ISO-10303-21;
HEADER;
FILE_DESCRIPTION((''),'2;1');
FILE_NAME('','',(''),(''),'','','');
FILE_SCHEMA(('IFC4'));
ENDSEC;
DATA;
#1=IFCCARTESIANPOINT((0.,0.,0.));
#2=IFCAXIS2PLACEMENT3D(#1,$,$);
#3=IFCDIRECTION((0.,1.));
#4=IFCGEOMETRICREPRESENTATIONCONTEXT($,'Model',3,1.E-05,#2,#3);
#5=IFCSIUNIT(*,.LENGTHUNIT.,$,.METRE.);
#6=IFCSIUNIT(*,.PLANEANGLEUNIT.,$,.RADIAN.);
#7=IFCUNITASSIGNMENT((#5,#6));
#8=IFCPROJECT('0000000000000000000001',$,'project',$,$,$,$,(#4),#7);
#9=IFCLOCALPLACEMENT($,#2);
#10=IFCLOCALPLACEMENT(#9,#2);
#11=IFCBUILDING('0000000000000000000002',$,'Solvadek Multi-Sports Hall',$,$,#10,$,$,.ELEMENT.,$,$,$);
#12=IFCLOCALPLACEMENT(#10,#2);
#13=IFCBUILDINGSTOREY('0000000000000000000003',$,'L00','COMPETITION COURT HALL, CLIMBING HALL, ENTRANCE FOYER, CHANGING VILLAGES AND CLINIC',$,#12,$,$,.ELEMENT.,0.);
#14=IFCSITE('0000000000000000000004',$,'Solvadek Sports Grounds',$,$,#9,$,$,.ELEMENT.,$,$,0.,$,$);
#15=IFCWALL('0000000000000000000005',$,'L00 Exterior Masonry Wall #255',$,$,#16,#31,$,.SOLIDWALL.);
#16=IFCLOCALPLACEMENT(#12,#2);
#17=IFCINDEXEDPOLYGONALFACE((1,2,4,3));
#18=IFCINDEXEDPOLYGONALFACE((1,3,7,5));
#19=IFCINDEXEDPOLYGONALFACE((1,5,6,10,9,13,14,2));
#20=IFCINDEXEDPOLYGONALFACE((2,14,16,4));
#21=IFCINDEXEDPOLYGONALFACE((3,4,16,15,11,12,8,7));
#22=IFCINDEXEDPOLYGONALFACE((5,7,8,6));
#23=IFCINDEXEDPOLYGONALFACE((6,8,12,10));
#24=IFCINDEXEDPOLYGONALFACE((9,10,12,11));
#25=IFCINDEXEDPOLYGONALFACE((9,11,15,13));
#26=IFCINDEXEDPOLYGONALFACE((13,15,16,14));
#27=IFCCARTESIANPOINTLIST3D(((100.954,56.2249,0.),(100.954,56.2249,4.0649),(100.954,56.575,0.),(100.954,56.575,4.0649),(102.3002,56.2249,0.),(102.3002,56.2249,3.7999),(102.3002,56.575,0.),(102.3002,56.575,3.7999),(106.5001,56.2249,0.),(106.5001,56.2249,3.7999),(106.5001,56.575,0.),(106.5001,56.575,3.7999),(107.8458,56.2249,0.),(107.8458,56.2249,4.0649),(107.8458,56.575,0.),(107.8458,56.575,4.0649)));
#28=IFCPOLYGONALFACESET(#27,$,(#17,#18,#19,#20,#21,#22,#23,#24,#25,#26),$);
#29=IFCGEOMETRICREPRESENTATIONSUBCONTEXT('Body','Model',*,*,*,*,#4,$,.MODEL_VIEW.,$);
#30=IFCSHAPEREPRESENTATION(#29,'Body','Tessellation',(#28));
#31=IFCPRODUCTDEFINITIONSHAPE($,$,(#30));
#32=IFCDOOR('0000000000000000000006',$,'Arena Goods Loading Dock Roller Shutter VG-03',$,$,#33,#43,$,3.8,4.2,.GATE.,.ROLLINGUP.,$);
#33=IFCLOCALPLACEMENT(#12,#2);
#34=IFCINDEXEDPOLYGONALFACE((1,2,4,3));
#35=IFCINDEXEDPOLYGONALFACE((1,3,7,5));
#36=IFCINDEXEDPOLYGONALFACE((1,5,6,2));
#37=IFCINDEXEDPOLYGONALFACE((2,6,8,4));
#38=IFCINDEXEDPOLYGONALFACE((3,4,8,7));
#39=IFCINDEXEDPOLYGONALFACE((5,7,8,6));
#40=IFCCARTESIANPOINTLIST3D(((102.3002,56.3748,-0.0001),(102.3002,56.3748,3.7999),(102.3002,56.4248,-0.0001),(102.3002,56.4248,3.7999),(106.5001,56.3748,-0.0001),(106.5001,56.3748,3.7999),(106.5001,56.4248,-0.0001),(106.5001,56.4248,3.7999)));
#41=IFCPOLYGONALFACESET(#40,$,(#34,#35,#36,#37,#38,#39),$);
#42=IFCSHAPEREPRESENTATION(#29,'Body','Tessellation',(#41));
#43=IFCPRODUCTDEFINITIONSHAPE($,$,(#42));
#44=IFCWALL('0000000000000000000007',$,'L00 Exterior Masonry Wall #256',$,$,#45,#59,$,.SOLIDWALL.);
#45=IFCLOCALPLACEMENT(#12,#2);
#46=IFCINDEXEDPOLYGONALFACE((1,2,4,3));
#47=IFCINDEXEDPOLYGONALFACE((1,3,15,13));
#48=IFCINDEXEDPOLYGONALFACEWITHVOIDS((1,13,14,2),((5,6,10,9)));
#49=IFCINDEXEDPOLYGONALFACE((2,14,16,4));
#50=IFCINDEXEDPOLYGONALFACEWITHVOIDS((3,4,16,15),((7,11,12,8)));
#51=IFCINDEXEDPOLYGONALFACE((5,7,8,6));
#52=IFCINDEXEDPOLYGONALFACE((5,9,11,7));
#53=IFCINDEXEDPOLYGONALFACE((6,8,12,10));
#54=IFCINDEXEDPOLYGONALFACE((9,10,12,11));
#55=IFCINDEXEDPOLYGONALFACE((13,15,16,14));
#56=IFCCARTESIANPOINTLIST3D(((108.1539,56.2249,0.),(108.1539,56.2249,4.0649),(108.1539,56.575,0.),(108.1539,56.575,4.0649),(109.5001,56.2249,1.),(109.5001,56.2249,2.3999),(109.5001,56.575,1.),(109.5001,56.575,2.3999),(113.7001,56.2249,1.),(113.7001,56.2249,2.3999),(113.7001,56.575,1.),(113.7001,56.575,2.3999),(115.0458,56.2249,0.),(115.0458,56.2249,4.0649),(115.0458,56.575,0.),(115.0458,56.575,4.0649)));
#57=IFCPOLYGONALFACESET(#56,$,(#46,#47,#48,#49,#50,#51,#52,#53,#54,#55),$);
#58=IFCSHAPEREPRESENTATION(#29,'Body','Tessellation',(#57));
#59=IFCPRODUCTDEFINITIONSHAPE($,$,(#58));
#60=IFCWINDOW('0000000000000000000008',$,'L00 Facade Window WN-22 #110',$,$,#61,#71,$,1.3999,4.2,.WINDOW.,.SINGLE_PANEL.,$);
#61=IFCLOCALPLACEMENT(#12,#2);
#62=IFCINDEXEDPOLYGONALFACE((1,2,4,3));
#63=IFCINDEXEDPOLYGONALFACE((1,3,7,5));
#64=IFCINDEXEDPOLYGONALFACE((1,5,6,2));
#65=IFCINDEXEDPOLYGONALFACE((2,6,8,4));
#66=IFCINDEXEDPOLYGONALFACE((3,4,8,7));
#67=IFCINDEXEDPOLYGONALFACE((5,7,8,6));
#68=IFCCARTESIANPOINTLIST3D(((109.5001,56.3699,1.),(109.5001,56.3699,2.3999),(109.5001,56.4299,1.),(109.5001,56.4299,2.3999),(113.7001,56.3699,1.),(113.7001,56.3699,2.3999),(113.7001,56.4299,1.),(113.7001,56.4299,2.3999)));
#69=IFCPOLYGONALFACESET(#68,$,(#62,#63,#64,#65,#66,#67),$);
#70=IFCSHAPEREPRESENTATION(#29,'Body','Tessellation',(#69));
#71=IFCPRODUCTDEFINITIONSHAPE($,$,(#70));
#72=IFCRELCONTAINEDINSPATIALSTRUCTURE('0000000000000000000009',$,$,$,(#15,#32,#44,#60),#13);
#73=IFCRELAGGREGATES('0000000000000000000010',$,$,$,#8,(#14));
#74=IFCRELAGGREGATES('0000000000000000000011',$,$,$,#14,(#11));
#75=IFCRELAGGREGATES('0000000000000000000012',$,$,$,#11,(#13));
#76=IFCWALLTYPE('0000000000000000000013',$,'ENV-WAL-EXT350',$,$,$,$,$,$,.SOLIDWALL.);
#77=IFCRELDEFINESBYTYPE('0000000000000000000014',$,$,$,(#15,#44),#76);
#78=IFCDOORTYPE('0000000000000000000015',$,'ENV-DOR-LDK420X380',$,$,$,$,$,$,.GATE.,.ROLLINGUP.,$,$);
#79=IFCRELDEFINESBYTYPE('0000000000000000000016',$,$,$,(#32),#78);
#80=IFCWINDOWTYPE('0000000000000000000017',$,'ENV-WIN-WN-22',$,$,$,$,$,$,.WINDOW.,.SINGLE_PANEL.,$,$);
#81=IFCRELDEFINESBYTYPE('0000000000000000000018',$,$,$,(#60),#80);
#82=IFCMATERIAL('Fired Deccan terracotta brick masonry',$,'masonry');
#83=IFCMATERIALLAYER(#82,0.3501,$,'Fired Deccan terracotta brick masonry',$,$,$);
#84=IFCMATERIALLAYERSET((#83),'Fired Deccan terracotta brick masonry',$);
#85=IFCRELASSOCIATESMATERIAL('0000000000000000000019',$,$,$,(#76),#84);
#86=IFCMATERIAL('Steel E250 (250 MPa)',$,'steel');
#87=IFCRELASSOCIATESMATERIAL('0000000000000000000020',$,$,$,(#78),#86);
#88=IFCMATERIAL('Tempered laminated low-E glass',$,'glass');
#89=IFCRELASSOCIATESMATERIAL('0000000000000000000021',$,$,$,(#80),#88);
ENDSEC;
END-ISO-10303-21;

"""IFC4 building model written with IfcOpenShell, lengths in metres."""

from ifc_helpers import new_model, si_unit, direction, frame, frame_2d, origin, place, context, subcontext, project, spatial, rectangle, extrude, material, layer, layer_set, type_object, element, fill, save


model = new_model("IFC4")

# Units and contexts
model_context = context("Model", 3, precision=1e-05, world=origin(), true_north=direction((0.0, 1.0)))
body_context = subcontext(model_context, "Body", "Model", "MODEL_VIEW")
ifc_project = project(units=[si_unit("LENGTHUNIT", "METRE"), si_unit("PLANEANGLEUNIT", "RADIAN")], contexts=[model_context])

# Site, building, storey
site_placement = place(None, origin())
site = spatial("IfcSite", under=ifc_project, at=site_placement, Name="Solvadek Sports Grounds", CompositionType="ELEMENT", RefElevation=0.0)
building_placement = place(site_placement, origin())
building = spatial("IfcBuilding", under=site, at=building_placement, Name="Solvadek Multi-Sports Hall", CompositionType="ELEMENT")
storey_placement = place(building_placement, origin())
storey = spatial("IfcBuildingStorey", under=building, at=storey_placement, Name="L00", Description="COMPETITION COURT HALL, CLIMBING HALL, ENTRANCE FOYER, CHANGING VILLAGES AND CLINIC", CompositionType="ELEMENT", Elevation=0.0)

# Shared definitions
ifc_material_1 = material(Name="Fired Deccan terracotta brick masonry", Category="masonry")
ifc_layer = layer(ifc_material_1, 0.3501, Name="Fired Deccan terracotta brick masonry")
ifc_layer_set = layer_set([ifc_layer], Name="Fired Deccan terracotta brick masonry")
wall_type = type_object("IfcWallType", Name="ENV-WAL-EXT350", PredefinedType="SOLIDWALL", material=ifc_layer_set)
ifc_material_2 = material(Name="Tempered laminated low-E glass", Category="glass")

# Wall, opening, door
wall_1_placement = place(storey_placement, frame((100.9541, 56.3999, 0.0), z_axis=(0.0, 0.0, 1.0), x_axis=(1.0, 0.0, 0.0)))
wall_1 = element("IfcWall", 1, at=wall_1_placement, inside=storey, type_object=wall_type, Name="L00 Exterior Masonry Wall #255", PredefinedType="SOLIDWALL", context=body_context, shape_type="SweptSolid", body=[
    extrude(rectangle(XDim=6.8918, YDim=0.3501, at=frame_2d((3.4458, 0.0))), origin(), (0.0, 0.0, 1.0), 4.0649),
])
opening_1_placement = place(wall_1_placement, frame((1.3459, 0.0, 0.0)))
opening_1 = element("IfcOpeningElement", 2, at=opening_1_placement, cuts=wall_1, PredefinedType="OPENING", context=body_context, shape_type="SweptSolid", body=[
    extrude(rectangle(XDim=4.2, YDim=3.8, at=frame_2d((2.1001, 1.8999))), frame((0.0, 0.1851, 0.0), z_axis=(0.0, -1.0, 0.0), x_axis=(1.0, 0.0, 0.0)), (0.0, 0.0, 1.0), 0.3701),
])
ifc_material_3 = material(Name="Steel E250 (250 MPa)", Category="steel")
door_type = type_object("IfcDoorType", Name="ENV-DOR-LDK420X380", OperationType="ROLLINGUP", PredefinedType="GATE", material=ifc_material_3)
door_placement = place(opening_1_placement, origin())
door = element("IfcDoor", 3, at=door_placement, inside=storey, type_object=door_type, Name="Arena Goods Loading Dock Roller Shutter VG-03", OperationType="ROLLINGUP", OverallHeight=3.8, OverallWidth=4.2, PredefinedType="GATE", context=body_context, shape_type="SweptSolid", body=[
    extrude(rectangle(XDim=4.2, YDim=3.8, at=frame_2d((2.1001, 1.8999))), frame((0.0, 0.0249, 0.0), z_axis=(0.0, -1.0, 0.0), x_axis=(1.0, 0.0, 0.0)), (0.0, 0.0, 1.0), 0.05),
])
fill(opening_1, door)

# Wall, opening, window
wall_2_placement = place(storey_placement, frame((108.1541, 56.3999, 0.0), z_axis=(0.0, 0.0, 1.0), x_axis=(1.0, 0.0, 0.0)))
wall_2 = element("IfcWall", 4, at=wall_2_placement, inside=storey, type_object=wall_type, Name="L00 Exterior Masonry Wall #256", PredefinedType="SOLIDWALL", context=body_context, shape_type="SweptSolid", body=[
    extrude(rectangle(XDim=6.8918, YDim=0.3501, at=frame_2d((3.4458, 0.0))), origin(), (0.0, 0.0, 1.0), 4.0649),
])
opening_2_placement = place(wall_2_placement, frame((1.3459, 0.0, 1.0)))
opening_2 = element("IfcOpeningElement", 5, at=opening_2_placement, cuts=wall_2, PredefinedType="OPENING", context=body_context, shape_type="SweptSolid", body=[
    extrude(rectangle(XDim=4.2, YDim=1.3999, at=frame_2d((2.1001, 0.7))), frame((0.0, 0.1851, 0.0), z_axis=(0.0, -1.0, 0.0), x_axis=(1.0, 0.0, 0.0)), (0.0, 0.0, 1.0), 0.3701),
])
window_type_1 = type_object("IfcWindowType", Name="ENV-WIN-WN-22", PartitioningType="SINGLE_PANEL", PredefinedType="WINDOW", material=ifc_material_2)
window_1_placement = place(opening_2_placement, origin())
window_1 = element("IfcWindow", 6, at=window_1_placement, inside=storey, type_object=window_type_1, Name="L00 Facade Window WN-22 #110", OverallHeight=1.3999, OverallWidth=4.2, PartitioningType="SINGLE_PANEL", PredefinedType="WINDOW", context=body_context, shape_type="SweptSolid", body=[
    extrude(rectangle(XDim=4.2, YDim=1.3999, at=frame_2d((2.1001, 0.7))), frame((0.0, 0.03, 0.0), z_axis=(0.0, -1.0, 0.0), x_axis=(1.0, 0.0, 0.0)), (0.0, 0.0, 1.0), 0.0601),
])
fill(opening_2, window_1)

save(model, "model.ifc")
